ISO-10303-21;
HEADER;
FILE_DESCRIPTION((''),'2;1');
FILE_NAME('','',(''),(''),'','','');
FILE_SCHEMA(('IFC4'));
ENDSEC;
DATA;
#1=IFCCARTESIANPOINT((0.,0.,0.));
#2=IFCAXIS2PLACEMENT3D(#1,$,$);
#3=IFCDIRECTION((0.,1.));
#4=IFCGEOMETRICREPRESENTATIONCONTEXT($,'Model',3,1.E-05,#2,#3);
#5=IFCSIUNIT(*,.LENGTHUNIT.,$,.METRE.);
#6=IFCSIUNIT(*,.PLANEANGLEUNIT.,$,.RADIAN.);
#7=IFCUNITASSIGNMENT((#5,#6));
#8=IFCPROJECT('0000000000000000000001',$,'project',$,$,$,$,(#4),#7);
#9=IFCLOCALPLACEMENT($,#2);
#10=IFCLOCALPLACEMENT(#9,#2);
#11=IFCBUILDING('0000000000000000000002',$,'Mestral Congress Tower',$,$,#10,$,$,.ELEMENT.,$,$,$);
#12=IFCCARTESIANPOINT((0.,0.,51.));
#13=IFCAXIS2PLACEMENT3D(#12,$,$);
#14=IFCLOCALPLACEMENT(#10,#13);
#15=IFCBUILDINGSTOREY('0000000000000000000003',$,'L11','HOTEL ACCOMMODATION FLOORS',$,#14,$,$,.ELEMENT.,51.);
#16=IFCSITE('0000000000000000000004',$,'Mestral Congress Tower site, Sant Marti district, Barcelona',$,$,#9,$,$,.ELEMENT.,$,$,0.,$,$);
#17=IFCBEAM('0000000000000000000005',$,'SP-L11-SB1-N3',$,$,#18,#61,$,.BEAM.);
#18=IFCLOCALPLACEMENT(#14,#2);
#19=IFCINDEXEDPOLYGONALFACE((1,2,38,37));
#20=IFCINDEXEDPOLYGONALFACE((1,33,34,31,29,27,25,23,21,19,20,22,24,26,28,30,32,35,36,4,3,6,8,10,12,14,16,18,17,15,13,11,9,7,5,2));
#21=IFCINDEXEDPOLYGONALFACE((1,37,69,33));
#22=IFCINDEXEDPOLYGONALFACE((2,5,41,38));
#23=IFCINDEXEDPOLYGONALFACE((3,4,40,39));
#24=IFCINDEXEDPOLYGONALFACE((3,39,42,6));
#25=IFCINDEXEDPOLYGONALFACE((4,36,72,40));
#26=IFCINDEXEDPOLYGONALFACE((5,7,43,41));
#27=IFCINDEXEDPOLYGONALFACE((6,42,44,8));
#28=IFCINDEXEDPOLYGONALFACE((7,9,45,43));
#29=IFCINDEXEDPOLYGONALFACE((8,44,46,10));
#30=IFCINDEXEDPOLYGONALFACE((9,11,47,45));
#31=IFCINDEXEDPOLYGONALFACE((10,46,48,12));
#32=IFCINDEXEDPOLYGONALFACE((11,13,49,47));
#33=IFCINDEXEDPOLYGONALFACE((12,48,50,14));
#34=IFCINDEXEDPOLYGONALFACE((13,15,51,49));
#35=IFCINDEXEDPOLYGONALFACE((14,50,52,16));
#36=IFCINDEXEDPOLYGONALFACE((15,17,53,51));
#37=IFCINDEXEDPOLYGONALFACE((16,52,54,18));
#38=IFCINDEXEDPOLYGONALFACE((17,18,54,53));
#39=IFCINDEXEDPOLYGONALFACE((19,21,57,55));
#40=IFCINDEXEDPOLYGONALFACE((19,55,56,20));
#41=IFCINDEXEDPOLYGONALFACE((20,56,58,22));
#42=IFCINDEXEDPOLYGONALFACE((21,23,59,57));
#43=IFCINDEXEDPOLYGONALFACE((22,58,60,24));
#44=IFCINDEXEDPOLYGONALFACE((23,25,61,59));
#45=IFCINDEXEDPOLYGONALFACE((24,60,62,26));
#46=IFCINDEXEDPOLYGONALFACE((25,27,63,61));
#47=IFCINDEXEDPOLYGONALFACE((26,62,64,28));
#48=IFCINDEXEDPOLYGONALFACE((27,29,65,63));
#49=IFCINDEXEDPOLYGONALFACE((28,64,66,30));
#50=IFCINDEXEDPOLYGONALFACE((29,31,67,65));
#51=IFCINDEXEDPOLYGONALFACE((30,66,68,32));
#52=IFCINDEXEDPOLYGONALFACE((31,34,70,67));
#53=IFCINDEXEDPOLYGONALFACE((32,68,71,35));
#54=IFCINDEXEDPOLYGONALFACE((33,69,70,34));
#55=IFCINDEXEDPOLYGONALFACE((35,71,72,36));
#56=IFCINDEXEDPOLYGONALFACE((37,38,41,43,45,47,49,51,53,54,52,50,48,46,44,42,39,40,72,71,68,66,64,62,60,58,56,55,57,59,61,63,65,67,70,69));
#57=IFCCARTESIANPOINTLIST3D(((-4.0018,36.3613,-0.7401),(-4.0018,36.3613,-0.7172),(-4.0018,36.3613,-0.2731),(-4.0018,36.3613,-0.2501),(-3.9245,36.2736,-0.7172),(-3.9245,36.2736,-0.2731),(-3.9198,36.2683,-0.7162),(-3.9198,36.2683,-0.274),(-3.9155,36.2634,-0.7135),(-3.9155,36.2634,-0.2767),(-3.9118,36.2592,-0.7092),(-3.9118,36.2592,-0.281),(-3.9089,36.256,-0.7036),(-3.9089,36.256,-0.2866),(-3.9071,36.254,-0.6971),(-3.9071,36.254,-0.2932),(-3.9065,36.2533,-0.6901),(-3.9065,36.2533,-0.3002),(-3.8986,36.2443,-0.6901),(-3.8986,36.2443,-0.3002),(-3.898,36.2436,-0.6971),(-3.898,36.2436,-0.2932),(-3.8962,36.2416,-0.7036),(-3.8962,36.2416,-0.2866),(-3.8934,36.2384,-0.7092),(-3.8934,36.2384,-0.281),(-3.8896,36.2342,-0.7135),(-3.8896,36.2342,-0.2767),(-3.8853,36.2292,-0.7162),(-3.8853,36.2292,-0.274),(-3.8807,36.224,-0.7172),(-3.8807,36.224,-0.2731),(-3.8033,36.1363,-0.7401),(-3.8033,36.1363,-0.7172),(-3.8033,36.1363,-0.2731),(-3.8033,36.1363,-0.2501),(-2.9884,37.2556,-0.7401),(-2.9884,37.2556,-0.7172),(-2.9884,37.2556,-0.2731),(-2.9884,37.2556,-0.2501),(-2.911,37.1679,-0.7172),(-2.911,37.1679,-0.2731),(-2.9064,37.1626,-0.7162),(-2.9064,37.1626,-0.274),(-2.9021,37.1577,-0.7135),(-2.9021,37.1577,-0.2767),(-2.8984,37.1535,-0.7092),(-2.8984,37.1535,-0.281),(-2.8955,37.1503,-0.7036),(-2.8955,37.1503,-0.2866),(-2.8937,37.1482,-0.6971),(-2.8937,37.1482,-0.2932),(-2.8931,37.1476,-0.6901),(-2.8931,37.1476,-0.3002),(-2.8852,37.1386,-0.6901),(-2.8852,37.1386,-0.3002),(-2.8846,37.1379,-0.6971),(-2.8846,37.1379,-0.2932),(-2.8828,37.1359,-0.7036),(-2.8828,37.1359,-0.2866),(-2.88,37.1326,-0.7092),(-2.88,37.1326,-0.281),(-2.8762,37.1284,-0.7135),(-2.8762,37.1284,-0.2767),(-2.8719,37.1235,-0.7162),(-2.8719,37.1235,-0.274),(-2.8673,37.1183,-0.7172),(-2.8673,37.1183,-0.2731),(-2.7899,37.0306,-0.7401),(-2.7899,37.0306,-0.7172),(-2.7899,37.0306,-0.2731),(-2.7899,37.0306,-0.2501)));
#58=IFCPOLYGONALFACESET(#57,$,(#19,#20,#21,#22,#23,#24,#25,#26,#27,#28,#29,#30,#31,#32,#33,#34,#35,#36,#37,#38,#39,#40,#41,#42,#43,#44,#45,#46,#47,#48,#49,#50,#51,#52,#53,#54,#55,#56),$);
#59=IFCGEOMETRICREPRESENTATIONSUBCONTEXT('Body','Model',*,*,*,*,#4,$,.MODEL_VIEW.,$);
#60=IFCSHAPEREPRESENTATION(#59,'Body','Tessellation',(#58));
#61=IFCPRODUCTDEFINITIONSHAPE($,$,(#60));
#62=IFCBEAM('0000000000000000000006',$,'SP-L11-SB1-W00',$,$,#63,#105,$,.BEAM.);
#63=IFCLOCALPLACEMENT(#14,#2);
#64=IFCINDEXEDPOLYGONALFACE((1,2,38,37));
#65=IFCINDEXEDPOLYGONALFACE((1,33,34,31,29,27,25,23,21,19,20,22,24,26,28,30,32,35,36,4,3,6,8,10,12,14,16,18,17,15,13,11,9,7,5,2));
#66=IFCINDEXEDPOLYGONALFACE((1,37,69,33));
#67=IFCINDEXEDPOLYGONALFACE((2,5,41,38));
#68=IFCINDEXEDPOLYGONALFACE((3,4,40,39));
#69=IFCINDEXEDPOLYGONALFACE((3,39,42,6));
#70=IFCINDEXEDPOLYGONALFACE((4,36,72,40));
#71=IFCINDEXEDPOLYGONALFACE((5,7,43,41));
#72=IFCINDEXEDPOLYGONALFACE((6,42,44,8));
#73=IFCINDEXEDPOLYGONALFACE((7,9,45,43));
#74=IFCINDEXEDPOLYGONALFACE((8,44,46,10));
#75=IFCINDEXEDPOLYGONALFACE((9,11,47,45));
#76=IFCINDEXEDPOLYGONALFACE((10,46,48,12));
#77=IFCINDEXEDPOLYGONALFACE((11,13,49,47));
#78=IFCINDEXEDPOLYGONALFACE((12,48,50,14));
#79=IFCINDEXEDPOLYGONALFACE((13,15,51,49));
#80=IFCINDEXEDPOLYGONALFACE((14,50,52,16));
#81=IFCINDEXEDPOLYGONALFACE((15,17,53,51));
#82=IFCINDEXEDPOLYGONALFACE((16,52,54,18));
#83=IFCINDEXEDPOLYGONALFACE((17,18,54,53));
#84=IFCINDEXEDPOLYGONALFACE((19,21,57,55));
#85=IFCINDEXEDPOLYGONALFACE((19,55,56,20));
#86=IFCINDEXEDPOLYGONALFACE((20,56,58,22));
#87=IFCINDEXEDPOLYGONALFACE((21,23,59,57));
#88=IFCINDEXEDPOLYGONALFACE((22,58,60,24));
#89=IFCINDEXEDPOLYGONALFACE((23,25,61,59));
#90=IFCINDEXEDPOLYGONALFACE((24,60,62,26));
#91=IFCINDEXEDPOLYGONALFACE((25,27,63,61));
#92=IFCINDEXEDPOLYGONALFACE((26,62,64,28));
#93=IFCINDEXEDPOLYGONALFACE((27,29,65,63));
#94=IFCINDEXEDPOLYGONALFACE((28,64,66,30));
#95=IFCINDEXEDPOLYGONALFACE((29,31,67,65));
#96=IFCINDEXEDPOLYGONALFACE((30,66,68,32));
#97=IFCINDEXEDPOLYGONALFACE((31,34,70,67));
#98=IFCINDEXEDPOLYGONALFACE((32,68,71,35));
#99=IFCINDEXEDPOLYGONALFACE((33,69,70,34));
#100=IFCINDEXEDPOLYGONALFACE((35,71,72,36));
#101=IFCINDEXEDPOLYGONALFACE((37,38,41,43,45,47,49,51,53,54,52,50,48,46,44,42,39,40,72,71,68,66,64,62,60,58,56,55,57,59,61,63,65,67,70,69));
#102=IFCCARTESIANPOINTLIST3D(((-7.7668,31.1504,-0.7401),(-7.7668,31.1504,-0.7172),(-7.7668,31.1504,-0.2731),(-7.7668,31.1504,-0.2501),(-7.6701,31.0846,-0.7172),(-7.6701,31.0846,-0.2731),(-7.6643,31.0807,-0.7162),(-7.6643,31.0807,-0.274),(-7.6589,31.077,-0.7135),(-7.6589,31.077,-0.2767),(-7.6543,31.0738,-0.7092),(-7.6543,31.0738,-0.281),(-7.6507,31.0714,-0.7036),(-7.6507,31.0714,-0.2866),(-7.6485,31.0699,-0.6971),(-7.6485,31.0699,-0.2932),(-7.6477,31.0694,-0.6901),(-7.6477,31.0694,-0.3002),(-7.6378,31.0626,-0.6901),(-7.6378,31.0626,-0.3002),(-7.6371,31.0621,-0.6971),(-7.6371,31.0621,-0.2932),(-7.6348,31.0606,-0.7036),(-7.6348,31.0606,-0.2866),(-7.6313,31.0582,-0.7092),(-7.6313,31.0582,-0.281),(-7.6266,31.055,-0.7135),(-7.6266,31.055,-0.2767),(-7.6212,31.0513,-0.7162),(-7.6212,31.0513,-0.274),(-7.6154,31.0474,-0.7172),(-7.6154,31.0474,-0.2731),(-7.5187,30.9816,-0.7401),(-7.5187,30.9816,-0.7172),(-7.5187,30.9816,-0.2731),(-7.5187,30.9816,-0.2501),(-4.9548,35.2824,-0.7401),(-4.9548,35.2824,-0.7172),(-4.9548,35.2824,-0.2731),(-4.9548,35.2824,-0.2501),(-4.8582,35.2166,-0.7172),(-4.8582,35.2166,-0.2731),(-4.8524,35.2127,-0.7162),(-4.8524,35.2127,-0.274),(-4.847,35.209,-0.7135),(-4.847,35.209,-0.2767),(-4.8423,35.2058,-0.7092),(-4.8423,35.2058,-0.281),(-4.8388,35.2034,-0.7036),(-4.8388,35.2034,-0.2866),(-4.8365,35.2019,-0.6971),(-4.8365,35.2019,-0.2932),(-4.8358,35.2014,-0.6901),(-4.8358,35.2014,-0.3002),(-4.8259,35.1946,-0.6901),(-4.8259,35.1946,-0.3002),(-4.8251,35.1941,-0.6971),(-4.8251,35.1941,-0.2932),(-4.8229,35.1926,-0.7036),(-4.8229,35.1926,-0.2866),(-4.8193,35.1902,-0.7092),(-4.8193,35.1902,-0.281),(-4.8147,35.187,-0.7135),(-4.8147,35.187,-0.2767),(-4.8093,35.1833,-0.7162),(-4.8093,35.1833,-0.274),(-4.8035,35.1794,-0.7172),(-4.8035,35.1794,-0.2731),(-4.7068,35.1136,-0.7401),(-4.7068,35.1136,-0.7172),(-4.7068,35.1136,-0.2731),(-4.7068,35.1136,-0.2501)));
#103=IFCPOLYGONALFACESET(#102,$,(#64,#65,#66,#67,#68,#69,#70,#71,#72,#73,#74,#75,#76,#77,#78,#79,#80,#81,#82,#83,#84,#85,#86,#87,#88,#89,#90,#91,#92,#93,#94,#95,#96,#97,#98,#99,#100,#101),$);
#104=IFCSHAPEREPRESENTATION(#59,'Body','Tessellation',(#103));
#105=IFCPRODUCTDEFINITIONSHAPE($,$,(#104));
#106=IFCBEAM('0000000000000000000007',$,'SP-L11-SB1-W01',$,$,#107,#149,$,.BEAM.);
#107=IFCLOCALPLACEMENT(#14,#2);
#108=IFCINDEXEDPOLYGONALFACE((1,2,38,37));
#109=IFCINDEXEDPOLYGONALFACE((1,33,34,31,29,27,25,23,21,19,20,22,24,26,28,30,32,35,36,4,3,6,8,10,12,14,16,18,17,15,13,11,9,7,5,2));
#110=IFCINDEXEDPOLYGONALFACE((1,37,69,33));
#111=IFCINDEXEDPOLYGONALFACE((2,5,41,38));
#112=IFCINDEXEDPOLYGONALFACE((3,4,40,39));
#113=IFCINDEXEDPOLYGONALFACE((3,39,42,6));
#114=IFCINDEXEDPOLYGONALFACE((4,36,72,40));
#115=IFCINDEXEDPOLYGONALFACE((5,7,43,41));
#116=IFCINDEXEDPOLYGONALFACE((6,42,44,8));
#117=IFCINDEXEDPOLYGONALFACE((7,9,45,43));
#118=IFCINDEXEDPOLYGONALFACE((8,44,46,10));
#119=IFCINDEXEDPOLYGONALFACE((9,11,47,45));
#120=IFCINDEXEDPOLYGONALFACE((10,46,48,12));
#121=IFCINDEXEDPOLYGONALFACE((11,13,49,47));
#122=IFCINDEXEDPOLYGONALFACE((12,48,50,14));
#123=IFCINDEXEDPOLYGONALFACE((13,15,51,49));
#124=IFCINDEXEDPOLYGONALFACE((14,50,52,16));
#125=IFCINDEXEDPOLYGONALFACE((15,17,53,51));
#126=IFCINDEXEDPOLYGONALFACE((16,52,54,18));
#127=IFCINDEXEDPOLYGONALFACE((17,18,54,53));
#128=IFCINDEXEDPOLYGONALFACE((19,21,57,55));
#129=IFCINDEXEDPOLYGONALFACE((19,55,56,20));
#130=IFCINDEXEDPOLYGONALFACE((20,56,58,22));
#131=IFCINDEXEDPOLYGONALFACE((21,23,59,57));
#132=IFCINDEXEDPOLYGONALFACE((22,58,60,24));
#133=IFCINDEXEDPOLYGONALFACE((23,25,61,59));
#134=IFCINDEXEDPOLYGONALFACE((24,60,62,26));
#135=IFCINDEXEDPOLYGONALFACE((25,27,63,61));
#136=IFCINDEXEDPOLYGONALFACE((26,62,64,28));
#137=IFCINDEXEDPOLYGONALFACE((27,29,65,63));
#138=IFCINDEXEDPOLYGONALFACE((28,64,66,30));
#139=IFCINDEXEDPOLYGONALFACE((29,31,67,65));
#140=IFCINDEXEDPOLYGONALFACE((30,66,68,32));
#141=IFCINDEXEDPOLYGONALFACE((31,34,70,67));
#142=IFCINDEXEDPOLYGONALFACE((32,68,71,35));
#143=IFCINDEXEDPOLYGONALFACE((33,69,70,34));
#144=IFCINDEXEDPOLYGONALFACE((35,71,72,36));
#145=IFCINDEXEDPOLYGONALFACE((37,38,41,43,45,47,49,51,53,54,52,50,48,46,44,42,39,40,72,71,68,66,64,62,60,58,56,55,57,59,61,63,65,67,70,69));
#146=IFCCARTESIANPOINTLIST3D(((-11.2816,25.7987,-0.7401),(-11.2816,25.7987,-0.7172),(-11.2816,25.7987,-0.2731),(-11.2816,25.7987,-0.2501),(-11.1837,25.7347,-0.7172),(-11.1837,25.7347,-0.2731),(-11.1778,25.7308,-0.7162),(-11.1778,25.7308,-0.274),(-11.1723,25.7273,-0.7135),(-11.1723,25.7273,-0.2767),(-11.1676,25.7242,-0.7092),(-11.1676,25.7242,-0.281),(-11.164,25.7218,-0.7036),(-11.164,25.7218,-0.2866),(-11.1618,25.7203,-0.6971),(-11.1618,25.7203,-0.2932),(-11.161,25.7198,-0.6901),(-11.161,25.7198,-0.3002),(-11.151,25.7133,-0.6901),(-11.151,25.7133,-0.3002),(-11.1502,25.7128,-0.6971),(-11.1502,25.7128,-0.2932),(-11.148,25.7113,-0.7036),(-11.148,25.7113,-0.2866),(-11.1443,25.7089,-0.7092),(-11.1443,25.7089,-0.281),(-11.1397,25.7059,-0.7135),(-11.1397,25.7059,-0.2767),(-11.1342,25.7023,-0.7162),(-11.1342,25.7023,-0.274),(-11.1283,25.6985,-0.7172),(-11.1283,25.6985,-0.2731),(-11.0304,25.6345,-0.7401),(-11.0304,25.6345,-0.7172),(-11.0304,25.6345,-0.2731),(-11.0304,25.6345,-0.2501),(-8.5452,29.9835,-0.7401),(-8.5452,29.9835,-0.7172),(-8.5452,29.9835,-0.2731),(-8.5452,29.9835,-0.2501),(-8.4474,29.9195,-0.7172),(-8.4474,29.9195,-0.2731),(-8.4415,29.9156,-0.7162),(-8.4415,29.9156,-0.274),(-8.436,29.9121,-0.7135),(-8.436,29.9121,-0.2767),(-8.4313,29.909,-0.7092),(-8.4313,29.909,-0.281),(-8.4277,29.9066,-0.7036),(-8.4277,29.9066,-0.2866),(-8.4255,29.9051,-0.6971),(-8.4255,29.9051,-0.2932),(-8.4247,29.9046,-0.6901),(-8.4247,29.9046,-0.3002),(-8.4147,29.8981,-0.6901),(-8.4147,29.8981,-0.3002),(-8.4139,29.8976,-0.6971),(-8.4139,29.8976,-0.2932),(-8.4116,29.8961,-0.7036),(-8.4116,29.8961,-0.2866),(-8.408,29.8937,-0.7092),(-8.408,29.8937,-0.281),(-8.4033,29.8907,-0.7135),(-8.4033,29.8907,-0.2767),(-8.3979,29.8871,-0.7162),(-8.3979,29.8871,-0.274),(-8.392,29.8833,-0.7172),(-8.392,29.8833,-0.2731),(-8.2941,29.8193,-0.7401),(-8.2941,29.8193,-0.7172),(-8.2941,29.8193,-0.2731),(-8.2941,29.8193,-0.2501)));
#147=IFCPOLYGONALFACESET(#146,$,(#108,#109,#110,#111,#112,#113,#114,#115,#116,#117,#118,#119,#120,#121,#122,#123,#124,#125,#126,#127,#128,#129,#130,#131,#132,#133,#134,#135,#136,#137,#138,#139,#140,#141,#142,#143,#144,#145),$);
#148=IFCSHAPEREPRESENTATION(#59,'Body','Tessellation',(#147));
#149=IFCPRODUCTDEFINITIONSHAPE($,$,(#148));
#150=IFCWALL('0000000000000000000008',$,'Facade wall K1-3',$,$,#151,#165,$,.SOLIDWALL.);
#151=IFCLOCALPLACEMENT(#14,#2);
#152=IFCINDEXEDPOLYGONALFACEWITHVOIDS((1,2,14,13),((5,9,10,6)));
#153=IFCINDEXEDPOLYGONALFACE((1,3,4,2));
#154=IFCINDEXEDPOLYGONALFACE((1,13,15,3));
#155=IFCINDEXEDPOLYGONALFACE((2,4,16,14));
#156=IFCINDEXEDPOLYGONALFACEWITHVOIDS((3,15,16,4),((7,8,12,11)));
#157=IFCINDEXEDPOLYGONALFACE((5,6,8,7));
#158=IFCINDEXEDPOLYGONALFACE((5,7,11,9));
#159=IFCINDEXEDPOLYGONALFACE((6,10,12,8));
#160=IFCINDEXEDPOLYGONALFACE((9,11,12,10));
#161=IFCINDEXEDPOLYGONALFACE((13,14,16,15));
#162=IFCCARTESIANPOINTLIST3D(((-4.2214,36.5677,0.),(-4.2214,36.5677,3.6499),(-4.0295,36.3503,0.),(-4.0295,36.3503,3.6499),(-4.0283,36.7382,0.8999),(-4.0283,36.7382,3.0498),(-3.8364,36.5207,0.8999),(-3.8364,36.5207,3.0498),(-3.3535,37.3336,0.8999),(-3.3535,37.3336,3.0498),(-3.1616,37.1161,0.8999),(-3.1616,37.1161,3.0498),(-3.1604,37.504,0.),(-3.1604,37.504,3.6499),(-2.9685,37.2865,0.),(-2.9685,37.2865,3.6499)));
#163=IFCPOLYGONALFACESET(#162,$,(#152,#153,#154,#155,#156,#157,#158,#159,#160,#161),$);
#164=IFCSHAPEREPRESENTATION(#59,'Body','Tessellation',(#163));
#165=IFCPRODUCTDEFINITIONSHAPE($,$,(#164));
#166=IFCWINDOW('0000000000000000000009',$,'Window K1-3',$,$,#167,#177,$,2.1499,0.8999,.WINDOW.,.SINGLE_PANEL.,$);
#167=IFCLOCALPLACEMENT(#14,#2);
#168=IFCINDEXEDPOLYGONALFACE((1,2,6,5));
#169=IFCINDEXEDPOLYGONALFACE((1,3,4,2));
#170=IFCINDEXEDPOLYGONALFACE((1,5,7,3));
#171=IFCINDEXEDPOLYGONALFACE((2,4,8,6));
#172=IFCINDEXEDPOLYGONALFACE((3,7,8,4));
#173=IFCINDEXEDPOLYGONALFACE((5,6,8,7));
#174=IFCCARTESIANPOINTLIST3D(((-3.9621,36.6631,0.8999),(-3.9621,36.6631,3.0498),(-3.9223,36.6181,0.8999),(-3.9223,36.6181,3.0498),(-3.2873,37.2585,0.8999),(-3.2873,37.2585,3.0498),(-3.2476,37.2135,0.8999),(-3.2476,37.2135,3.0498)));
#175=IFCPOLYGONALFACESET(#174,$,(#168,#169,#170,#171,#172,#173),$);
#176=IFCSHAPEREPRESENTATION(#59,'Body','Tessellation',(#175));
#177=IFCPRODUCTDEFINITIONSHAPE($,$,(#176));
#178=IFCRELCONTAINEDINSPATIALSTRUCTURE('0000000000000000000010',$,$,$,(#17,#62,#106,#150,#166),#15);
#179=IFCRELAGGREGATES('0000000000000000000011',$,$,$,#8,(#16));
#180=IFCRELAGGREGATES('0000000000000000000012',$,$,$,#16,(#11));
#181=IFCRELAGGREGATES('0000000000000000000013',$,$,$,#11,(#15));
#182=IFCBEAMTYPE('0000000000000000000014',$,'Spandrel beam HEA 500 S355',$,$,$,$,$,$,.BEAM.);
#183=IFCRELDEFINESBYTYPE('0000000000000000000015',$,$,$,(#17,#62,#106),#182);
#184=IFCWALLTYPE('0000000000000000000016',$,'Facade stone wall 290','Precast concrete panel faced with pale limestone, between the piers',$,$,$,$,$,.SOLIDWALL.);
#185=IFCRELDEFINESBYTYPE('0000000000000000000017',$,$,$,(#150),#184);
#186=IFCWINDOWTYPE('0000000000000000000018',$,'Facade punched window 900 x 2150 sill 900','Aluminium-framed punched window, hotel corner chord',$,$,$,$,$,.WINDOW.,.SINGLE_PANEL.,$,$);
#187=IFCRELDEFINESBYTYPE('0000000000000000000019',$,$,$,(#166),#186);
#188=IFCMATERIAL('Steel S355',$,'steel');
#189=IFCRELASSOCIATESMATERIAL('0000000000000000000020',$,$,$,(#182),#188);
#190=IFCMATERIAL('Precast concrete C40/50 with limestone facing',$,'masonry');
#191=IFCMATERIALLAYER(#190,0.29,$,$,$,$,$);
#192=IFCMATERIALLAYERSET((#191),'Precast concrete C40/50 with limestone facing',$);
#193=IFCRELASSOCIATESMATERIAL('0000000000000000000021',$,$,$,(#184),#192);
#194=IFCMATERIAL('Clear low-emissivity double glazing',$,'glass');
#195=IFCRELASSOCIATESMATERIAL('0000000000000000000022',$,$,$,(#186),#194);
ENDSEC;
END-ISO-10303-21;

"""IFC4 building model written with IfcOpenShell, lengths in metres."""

from ifc_helpers import new_model, si_unit, direction, frame, frame_2d, origin, origin_2d, place, context, subcontext, project, spatial, rectangle, i_section, extrude, material, layer, layer_set, material_profile, profile_set, type_object, element, fill, save


model = new_model("IFC4")

# Units and contexts
model_context = context("Model", 3, precision=1e-05, world=origin(), true_north=direction((0.0, 1.0)))
body_context = subcontext(model_context, "Body", "Model", "MODEL_VIEW")
ifc_project = project(units=[si_unit("LENGTHUNIT", "METRE"), si_unit("PLANEANGLEUNIT", "RADIAN")], contexts=[model_context])

# Site, building, storey
site_placement = place(None, origin())
site = spatial("IfcSite", under=ifc_project, at=site_placement, Name="Mestral Congress Tower site, Sant Marti district, Barcelona", CompositionType="ELEMENT", RefElevation=0.0)
building_placement = place(site_placement, origin())
building = spatial("IfcBuilding", under=site, at=building_placement, Name="Mestral Congress Tower", CompositionType="ELEMENT")
storey_placement = place(building_placement, frame((0.0, 0.0, 51.0)))
storey = spatial("IfcBuildingStorey", under=building, at=storey_placement, Name="L11", Description="HOTEL ACCOMMODATION FLOORS", CompositionType="ELEMENT", Elevation=51.0)

# Beams
ifc_material_1 = material(Name="Steel S355", Category="steel")
ifc_material_profile_1 = material_profile(ifc_material_1, i_section(OverallWidth=0.3, OverallDepth=0.49, WebThickness=0.012, FlangeThickness=0.0229, FilletRadius=0.0271, at=origin_2d()), Name="HEA 500")
ifc_profile_set_1 = profile_set([ifc_material_profile_1], Name="Steel S355")
beam_type_1 = type_object("IfcBeamType", Name="Spandrel beam HEA 500 S355", PredefinedType="BEAM", material=ifc_profile_set_1)
beam_1_placement = place(storey_placement, frame((-2.8892, 37.1431, -0.4951), z_axis=(-0.749806, -0.661657, 0.0), x_axis=(0.661657, -0.749806, 0.0)))
element("IfcBeam", 1, at=beam_1_placement, inside=storey, type_object=beam_type_1, Name="SP-L11-SB1-N3", PredefinedType="BEAM", context=body_context, shape_type="SweptSolid", body=[
    extrude(i_section(OverallWidth=0.3, OverallDepth=0.49, WebThickness=0.012, FlangeThickness=0.0229, FilletRadius=0.0271, at=origin_2d()), origin(), (0.0, 0.0, 1.0), 1.3516),
])
beam_2_placement = place(storey_placement, frame((-4.8308, 35.198, -0.4951), z_axis=(-0.562611, -0.826722, 0.0), x_axis=(0.826722, -0.562611, 0.0)))
element("IfcBeam", 2, at=beam_2_placement, inside=storey, type_object=beam_type_1, Name="SP-L11-SB1-W00", PredefinedType="BEAM", context=body_context, shape_type="SweptSolid", body=[
    extrude(i_section(OverallWidth=0.3, OverallDepth=0.49, WebThickness=0.012, FlangeThickness=0.0229, FilletRadius=0.0271, at=origin_2d()), origin(), (0.0, 0.0, 1.0), 4.998),
])
beam_3_placement = place(storey_placement, frame((-8.4197, 29.9014, -0.4951), z_axis=(-0.547264, -0.83696, 0.0), x_axis=(0.83696, -0.547264, 0.0)))
element("IfcBeam", 3, at=beam_3_placement, inside=storey, type_object=beam_type_1, Name="SP-L11-SB1-W01", PredefinedType="BEAM", context=body_context, shape_type="SweptSolid", body=[
    extrude(i_section(OverallWidth=0.3, OverallDepth=0.49, WebThickness=0.012, FlangeThickness=0.0229, FilletRadius=0.0271, at=origin_2d()), origin(), (0.0, 0.0, 1.0), 5.0),
])

# Wall, opening, window
ifc_material_2 = material(Name="Precast concrete C40/50 with limestone facing", Category="masonry")
ifc_layer_1 = layer(ifc_material_2, 0.29)
ifc_layer_set_1 = layer_set([ifc_layer_1], Name="Precast concrete C40/50 with limestone facing")
wall_type_1 = type_object("IfcWallType", Name="Facade stone wall 290", Description="Precast concrete panel faced with pale limestone, between the piers", PredefinedType="SOLIDWALL", material=ifc_layer_set_1)
wall_1_placement = place(storey_placement, frame((-3.0645, 37.3953, 0.0), z_axis=(0.0, 0.0, 1.0), x_axis=(-0.749813, -0.66165, 0.0)))
wall_1 = element("IfcWall", 4, at=wall_1_placement, inside=storey, type_object=wall_type_1, Name="Facade wall K1-3", PredefinedType="SOLIDWALL", context=body_context, shape_type="SweptSolid", body=[
    extrude(rectangle(XDim=1.415, YDim=0.29, at=frame_2d((0.7075, 0.0))), origin(), (0.0, 0.0, 1.0), 3.6499),
])
opening_1_placement = place(wall_1_placement, frame((0.2576, 0.0, 0.8999)))
opening_1 = element("IfcOpeningElement", 5, at=opening_1_placement, cuts=wall_1, PredefinedType="OPENING", context=body_context, shape_type="SweptSolid", body=[
    extrude(rectangle(XDim=0.8999, YDim=2.1499, at=frame_2d((0.45, 1.075))), frame((0.0, 0.155, 0.0), z_axis=(0.0, -1.0, 0.0), x_axis=(1.0, 0.0, 0.0)), (0.0, 0.0, 1.0), 0.3101),
])
ifc_material_3 = material(Name="Clear low-emissivity double glazing", Category="glass")
window_type_1 = type_object("IfcWindowType", Name="Facade punched window 900 x 2150 sill 900", Description="Aluminium-framed punched window, hotel corner chord", PartitioningType="SINGLE_PANEL", PredefinedType="WINDOW", material=ifc_material_3)
window_1_placement = place(opening_1_placement, origin())
window_1 = element("IfcWindow", 6, at=window_1_placement, inside=storey, type_object=window_type_1, Name="Window K1-3", OverallHeight=2.1499, OverallWidth=0.8999, PartitioningType="SINGLE_PANEL", PredefinedType="WINDOW", context=body_context, shape_type="SweptSolid", body=[
    extrude(rectangle(XDim=0.8999, YDim=2.1499, at=frame_2d((0.45, 1.075))), frame((0.0, 0.0151, 0.0), z_axis=(0.0, -1.0, 0.0), x_axis=(1.0, 0.0, 0.0)), (0.0, 0.0, 1.0), 0.0601),
])
fill(opening_1, window_1)

save(model, "model.ifc")
